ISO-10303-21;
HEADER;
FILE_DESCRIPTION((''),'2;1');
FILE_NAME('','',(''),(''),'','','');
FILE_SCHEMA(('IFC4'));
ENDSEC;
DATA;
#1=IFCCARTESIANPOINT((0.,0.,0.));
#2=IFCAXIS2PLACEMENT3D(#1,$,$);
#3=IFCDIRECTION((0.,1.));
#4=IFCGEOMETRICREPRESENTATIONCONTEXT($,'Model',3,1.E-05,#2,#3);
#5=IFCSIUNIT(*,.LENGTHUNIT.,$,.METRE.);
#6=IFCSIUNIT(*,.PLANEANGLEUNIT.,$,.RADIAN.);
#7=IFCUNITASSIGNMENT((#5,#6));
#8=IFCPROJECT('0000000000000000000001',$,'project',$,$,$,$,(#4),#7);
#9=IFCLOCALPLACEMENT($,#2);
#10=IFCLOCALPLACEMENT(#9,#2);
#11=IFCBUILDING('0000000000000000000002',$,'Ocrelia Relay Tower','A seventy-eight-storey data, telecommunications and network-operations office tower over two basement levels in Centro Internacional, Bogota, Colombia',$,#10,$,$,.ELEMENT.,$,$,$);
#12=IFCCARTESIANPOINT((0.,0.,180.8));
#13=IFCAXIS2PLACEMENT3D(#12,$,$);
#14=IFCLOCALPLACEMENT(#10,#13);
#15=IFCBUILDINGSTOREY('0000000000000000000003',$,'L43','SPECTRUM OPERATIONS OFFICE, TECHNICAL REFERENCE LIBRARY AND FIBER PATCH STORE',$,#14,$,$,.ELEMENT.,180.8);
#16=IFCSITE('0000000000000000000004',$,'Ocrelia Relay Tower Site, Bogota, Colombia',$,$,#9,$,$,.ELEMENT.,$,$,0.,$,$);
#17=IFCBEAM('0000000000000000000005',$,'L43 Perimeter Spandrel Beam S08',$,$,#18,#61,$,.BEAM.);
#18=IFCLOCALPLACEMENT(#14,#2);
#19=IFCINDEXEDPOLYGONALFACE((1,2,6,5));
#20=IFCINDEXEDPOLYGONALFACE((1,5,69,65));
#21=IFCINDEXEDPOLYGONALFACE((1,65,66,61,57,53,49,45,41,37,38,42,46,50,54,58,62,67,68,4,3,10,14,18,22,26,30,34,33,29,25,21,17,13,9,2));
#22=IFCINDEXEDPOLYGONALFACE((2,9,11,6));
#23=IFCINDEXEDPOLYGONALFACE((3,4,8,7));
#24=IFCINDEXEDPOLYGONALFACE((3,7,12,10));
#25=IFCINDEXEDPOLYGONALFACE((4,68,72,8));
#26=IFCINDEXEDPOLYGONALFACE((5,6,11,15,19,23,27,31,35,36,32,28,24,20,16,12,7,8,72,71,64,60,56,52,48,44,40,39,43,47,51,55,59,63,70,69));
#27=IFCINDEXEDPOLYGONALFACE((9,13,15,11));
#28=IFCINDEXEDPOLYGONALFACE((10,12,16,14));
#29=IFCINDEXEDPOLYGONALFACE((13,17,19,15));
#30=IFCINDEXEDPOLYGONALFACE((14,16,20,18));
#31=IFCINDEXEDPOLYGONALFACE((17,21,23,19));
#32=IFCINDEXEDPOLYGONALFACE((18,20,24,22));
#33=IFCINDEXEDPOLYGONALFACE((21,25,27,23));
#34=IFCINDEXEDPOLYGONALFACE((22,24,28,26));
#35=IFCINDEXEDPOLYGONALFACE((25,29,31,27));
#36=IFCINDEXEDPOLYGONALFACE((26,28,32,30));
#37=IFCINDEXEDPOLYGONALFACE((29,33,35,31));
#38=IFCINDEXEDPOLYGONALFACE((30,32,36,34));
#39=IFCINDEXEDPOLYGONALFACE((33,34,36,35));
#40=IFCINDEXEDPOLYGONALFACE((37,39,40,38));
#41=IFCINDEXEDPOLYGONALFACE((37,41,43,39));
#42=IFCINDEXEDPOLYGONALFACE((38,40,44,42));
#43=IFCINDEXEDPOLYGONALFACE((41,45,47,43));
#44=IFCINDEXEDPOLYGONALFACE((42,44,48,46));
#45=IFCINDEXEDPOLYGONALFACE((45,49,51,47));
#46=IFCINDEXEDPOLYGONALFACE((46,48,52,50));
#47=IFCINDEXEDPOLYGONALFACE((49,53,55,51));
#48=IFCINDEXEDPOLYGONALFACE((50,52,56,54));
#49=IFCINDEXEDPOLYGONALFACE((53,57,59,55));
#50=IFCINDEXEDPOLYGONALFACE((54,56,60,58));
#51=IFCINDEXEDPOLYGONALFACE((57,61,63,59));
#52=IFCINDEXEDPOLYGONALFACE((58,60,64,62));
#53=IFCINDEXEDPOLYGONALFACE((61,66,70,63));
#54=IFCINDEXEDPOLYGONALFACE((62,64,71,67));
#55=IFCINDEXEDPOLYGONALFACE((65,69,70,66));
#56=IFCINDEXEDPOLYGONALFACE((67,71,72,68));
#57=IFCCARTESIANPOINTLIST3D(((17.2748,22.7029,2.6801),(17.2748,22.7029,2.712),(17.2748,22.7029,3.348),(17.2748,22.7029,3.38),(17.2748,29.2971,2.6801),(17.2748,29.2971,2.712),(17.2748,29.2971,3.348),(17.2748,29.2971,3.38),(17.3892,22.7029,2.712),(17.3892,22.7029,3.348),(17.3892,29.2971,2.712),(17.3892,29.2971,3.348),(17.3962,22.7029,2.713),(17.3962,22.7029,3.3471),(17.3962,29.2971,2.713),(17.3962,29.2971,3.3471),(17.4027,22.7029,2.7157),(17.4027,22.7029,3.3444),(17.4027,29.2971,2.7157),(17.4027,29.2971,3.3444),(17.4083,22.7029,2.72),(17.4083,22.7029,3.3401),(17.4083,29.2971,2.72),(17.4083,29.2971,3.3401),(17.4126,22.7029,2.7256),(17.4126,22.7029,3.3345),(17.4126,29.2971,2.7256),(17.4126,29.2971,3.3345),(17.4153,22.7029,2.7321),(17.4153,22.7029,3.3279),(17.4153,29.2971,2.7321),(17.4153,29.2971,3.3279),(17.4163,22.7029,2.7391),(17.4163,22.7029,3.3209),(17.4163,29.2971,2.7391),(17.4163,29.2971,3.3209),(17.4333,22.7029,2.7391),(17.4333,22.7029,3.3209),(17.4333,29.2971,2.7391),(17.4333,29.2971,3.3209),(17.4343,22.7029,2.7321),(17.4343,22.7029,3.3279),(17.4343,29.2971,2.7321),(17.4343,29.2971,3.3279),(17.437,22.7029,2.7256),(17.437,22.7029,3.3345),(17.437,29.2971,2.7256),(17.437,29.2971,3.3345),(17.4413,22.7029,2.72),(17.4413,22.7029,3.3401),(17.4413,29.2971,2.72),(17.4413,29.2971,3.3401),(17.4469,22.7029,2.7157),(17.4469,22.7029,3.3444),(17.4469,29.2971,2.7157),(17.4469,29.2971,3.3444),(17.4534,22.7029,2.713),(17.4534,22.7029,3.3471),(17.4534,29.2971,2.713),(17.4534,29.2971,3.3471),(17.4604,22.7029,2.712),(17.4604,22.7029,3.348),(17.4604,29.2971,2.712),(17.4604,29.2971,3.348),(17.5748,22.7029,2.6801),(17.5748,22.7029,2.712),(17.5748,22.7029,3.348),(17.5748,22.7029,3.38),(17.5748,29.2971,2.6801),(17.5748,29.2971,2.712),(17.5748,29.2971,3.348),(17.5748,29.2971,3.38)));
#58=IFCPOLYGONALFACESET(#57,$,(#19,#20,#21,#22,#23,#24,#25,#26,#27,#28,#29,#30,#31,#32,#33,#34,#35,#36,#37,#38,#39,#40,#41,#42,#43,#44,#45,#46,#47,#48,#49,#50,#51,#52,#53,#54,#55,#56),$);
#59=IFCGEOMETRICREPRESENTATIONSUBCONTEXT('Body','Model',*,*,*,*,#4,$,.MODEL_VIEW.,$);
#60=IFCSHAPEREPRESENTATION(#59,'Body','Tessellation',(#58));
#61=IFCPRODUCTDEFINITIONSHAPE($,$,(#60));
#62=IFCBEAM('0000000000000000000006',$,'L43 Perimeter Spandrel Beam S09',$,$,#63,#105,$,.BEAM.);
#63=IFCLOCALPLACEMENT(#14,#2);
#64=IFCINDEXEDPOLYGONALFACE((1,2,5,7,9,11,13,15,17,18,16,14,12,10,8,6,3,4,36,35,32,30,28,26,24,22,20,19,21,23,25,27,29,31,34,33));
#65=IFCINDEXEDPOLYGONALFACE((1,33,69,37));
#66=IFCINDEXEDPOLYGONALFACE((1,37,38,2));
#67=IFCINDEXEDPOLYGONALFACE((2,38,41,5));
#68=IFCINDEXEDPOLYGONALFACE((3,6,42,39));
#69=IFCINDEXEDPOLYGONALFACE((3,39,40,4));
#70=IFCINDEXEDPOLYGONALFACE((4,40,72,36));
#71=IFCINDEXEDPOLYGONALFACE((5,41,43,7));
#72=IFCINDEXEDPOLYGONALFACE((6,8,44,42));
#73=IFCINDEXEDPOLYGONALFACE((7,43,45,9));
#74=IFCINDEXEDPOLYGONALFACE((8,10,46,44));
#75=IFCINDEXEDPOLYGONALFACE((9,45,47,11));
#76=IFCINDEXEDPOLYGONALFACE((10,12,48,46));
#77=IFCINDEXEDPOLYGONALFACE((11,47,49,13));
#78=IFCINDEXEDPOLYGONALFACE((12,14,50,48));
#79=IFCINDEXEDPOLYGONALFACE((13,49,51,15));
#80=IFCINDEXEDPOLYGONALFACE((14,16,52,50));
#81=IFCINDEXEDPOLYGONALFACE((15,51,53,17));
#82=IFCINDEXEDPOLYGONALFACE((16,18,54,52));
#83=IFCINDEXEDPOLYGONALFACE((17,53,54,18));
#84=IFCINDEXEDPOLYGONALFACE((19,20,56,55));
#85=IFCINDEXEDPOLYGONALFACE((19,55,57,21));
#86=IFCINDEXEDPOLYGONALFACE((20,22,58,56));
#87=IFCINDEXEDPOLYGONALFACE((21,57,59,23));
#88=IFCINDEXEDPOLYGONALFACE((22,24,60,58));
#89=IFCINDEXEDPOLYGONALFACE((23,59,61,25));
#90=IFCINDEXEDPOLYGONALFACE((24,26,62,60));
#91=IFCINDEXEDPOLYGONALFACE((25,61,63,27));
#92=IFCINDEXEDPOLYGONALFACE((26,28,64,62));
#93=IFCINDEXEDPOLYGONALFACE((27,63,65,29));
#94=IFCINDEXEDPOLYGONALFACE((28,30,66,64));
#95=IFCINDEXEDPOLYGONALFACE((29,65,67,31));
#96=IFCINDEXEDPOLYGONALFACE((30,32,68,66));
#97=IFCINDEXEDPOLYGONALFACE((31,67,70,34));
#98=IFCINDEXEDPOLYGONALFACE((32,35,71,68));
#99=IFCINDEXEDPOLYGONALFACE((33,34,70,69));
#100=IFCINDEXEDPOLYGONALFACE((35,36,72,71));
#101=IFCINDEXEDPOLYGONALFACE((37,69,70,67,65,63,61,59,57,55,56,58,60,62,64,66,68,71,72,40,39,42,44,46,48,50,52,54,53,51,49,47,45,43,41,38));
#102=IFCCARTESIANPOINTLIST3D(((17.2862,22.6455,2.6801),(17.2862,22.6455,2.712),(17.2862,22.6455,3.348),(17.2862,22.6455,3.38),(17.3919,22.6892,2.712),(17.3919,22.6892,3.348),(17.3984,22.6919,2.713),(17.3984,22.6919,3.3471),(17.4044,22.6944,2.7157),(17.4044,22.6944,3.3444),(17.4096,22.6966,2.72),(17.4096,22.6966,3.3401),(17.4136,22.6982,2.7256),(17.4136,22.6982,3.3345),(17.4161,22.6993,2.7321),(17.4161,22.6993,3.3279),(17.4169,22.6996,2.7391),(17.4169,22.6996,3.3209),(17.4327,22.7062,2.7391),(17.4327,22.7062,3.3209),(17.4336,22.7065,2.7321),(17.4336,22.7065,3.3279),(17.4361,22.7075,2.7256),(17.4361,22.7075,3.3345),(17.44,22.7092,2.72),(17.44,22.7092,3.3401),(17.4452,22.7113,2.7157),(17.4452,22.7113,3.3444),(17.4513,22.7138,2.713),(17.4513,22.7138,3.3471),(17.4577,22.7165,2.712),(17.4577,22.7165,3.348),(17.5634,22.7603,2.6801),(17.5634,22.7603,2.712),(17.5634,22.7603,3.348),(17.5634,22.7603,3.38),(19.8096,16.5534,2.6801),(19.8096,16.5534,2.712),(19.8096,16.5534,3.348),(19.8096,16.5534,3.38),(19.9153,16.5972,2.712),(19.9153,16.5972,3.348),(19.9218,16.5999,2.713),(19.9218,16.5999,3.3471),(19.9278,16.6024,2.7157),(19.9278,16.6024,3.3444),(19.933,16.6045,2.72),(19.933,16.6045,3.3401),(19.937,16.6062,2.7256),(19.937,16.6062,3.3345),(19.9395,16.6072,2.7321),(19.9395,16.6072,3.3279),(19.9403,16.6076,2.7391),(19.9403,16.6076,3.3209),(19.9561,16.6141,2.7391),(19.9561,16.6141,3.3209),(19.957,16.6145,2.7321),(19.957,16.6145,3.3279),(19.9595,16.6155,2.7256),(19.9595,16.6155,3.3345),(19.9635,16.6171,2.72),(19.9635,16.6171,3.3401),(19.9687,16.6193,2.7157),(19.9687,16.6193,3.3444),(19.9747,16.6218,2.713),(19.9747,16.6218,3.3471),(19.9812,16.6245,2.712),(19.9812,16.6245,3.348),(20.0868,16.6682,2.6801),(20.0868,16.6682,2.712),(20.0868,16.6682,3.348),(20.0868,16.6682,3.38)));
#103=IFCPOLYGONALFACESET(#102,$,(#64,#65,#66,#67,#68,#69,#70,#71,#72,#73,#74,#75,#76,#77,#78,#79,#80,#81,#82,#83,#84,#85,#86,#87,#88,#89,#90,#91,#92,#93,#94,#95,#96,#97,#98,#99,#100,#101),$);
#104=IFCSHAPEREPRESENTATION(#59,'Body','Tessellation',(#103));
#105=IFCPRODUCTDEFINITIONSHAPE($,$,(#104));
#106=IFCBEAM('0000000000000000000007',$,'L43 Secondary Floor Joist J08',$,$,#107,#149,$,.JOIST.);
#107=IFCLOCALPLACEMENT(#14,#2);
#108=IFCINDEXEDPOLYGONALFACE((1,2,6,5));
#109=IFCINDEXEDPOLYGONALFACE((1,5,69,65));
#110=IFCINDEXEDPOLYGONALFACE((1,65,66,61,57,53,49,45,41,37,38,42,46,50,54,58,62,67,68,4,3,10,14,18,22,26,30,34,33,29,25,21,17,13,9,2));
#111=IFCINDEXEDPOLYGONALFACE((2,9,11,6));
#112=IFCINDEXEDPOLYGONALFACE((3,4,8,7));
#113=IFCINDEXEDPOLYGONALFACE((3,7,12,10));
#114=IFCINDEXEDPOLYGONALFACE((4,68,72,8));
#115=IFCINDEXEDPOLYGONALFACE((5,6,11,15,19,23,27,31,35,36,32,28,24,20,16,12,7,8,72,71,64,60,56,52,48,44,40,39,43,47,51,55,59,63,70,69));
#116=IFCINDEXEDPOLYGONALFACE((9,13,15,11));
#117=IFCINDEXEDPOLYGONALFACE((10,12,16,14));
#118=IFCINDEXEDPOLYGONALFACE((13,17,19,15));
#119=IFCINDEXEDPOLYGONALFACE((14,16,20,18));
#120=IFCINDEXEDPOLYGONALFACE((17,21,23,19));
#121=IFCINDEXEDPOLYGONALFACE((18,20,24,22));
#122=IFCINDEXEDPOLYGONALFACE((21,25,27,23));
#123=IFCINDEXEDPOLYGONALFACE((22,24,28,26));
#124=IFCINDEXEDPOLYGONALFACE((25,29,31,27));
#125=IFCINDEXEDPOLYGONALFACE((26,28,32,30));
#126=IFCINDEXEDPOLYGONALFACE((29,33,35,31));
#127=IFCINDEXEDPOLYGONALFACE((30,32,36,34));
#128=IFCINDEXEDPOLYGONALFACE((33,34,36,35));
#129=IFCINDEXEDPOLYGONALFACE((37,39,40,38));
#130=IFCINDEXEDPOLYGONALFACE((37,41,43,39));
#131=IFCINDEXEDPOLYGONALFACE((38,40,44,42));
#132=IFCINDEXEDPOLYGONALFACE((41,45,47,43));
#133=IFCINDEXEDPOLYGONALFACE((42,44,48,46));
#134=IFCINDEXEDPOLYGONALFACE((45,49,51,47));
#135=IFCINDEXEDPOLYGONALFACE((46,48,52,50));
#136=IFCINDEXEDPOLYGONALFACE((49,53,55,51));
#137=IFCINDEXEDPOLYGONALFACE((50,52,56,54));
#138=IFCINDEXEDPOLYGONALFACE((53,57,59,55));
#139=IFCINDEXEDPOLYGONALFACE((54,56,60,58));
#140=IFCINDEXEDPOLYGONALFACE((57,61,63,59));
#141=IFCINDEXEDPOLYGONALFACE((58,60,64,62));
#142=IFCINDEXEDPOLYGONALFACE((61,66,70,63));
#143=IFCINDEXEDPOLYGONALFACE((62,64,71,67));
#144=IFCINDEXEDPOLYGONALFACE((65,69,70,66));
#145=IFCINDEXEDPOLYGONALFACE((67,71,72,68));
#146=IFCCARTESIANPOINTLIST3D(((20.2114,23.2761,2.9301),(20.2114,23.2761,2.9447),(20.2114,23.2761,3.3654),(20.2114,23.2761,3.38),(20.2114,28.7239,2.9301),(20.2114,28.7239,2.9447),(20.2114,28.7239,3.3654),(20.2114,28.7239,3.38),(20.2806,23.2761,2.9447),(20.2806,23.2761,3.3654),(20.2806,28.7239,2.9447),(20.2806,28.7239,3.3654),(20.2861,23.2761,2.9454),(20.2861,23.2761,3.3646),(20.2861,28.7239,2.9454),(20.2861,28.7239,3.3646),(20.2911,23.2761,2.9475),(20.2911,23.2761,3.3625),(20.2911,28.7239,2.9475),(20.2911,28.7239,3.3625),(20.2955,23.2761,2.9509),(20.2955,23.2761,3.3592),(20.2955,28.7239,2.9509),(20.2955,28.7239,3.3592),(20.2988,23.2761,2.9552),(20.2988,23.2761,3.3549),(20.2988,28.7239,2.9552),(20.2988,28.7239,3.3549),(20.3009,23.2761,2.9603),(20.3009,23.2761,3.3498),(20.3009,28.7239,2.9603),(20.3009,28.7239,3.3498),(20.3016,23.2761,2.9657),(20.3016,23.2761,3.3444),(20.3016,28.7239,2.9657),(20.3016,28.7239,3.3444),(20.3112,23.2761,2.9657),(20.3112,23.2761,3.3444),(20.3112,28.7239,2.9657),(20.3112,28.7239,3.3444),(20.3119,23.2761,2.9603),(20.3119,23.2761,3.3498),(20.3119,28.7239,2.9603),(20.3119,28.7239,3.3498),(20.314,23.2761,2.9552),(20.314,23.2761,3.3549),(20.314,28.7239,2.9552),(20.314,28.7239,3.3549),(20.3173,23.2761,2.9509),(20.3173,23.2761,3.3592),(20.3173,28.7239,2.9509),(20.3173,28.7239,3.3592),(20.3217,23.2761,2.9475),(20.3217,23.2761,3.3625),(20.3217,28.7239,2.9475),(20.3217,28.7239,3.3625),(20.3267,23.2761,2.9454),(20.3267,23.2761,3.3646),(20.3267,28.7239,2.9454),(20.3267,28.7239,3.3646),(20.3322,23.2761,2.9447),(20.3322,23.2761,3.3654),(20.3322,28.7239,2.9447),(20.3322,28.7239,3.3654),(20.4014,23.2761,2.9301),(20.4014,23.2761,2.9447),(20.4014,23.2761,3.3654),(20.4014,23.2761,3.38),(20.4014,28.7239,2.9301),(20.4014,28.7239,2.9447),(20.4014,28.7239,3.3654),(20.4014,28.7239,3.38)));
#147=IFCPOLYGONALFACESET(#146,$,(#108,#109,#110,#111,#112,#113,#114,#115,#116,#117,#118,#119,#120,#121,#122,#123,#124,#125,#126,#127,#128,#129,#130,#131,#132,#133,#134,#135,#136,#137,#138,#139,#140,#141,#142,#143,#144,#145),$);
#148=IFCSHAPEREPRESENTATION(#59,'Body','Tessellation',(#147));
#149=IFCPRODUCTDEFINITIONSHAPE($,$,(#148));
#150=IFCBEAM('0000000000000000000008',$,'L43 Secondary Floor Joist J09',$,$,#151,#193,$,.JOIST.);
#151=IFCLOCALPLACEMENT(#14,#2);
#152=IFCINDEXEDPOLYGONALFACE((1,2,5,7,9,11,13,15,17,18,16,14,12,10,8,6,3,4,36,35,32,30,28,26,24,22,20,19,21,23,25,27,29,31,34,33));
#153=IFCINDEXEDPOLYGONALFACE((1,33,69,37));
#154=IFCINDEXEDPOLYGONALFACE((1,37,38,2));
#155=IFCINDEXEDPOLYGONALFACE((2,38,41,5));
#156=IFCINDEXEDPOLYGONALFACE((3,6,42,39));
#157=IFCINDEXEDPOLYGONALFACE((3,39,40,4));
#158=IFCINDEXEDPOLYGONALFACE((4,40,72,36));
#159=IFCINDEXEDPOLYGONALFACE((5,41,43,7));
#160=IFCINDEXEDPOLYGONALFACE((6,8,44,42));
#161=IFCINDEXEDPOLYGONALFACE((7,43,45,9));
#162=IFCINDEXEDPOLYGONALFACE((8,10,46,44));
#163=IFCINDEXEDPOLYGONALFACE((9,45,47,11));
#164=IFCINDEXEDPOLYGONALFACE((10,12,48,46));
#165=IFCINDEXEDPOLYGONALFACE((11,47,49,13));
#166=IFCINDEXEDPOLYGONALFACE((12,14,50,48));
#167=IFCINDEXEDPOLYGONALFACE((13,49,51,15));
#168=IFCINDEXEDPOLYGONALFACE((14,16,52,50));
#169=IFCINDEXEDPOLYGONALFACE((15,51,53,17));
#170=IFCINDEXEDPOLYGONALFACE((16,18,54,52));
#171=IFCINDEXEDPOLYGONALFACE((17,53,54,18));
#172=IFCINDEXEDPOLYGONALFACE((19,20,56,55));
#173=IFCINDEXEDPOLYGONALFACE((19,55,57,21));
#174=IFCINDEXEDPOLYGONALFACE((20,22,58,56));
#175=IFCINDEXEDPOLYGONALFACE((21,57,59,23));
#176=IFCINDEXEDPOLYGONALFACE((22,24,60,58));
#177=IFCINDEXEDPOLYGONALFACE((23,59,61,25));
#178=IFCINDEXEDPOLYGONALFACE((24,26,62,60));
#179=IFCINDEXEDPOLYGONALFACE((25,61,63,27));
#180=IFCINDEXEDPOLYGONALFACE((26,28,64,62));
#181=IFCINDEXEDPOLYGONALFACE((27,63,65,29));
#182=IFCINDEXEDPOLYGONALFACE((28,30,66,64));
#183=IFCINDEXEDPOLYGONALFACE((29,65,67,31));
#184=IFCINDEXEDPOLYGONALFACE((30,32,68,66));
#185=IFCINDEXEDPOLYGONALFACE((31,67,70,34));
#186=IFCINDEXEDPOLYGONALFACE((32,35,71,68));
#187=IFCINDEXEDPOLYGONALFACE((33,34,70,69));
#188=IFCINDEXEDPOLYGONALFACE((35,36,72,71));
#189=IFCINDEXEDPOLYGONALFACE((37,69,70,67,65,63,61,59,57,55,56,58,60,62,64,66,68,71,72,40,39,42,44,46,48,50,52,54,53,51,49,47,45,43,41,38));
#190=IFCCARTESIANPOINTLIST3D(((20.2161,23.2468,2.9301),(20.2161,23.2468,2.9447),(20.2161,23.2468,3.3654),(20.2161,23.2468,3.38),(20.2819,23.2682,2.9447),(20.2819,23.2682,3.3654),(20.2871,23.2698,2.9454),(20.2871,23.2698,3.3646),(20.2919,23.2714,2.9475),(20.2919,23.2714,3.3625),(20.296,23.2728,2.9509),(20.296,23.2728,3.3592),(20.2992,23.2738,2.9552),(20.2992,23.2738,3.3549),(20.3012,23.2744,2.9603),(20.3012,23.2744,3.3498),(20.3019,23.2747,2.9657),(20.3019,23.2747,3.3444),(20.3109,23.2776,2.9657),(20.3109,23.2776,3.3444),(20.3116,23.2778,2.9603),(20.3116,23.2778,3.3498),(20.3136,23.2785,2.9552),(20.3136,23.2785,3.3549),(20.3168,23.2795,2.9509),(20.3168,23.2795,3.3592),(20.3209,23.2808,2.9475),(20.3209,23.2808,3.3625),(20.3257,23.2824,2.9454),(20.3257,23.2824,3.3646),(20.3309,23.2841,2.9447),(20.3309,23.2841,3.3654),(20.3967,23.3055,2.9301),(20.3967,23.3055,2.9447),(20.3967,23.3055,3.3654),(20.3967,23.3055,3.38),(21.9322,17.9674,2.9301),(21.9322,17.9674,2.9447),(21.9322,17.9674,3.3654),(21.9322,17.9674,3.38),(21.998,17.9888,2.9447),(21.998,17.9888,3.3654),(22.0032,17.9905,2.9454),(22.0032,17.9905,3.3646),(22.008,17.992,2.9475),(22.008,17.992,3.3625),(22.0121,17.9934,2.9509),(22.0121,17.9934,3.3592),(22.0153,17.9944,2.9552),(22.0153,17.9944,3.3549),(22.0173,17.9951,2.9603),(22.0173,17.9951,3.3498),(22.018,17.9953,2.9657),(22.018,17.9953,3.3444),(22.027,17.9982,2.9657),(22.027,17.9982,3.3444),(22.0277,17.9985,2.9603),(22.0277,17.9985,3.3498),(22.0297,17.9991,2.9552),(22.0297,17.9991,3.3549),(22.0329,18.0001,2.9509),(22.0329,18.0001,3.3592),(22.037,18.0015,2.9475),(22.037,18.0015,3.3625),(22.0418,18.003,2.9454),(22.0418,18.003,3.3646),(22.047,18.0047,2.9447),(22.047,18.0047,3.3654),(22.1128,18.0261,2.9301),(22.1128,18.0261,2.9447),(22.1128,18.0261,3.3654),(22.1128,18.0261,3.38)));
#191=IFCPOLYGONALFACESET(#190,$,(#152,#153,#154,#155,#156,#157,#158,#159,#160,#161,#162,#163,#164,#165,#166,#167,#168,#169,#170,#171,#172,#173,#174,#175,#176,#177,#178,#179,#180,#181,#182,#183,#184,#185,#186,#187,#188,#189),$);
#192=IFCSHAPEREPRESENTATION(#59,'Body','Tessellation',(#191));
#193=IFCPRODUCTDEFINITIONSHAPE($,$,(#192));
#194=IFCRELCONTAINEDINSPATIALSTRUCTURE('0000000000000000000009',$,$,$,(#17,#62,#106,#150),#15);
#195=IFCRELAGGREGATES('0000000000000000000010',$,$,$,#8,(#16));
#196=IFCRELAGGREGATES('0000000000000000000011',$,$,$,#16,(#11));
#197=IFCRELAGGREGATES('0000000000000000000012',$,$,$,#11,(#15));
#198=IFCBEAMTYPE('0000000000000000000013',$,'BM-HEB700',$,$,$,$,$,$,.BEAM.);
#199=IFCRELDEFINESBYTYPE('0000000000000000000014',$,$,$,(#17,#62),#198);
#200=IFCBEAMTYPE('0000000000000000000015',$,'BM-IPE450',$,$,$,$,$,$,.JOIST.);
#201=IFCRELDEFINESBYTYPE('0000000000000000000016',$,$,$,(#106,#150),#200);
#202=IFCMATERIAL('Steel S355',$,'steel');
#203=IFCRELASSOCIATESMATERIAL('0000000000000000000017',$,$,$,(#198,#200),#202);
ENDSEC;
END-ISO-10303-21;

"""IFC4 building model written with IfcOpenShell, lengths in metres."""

from ifc_helpers import new_model, si_unit, direction, frame, origin, origin_2d, place, context, subcontext, project, spatial, i_section, extrude, material, material_profile, profile_set, type_object, element, save


model = new_model("IFC4")

# Units and contexts
model_context = context("Model", 3, precision=1e-05, world=origin(), true_north=direction((0.0, 1.0)))
body_context = subcontext(model_context, "Body", "Model", "MODEL_VIEW")
ifc_project = project(units=[si_unit("LENGTHUNIT", "METRE"), si_unit("PLANEANGLEUNIT", "RADIAN")], contexts=[model_context])

# Site, building, storey
site_placement = place(None, origin())
site = spatial("IfcSite", under=ifc_project, at=site_placement, Name="Ocrelia Relay Tower Site, Bogota, Colombia", CompositionType="ELEMENT", RefElevation=0.0)
building_placement = place(site_placement, origin())
building = spatial("IfcBuilding", under=site, at=building_placement, Name="Ocrelia Relay Tower", Description="A seventy-eight-storey data, telecommunications and network-operations office tower over two basement levels in Centro Internacional, Bogota, Colombia", CompositionType="ELEMENT")
storey_placement = place(building_placement, frame((0.0, 0.0, 180.8)))
storey = spatial("IfcBuildingStorey", under=building, at=storey_placement, Name="L43", Description="SPECTRUM OPERATIONS OFFICE, TECHNICAL REFERENCE LIBRARY AND FIBER PATCH STORE", CompositionType="ELEMENT", Elevation=180.8)

# Beams
ifc_material_1 = material(Name="Steel S355", Category="steel")
ifc_material_profile_1 = material_profile(ifc_material_1, i_section(OverallWidth=0.3, OverallDepth=0.7, WebThickness=0.0171, FlangeThickness=0.032, FilletRadius=0.0271, at=origin_2d()), Name="HEB 700")
ifc_profile_set_1 = profile_set([ifc_material_profile_1], Name="Steel S355")
beam_type_1 = type_object("IfcBeamType", Name="BM-HEB700", PredefinedType="BEAM", material=ifc_profile_set_1)
beam_1_placement = place(storey_placement, frame((17.4248, 29.2971, 3.03), z_axis=(0.0, -1.0, 0.0), x_axis=(1.0, 0.0, 0.0)))
element("IfcBeam", 1, at=beam_1_placement, inside=storey, type_object=beam_type_1, Name="L43 Perimeter Spandrel Beam S08", PredefinedType="BEAM", context=body_context, shape_type="SweptSolid", body=[
    extrude(i_section(OverallWidth=0.3, OverallDepth=0.7, WebThickness=0.0171, FlangeThickness=0.032, FilletRadius=0.0271, at=origin_2d()), origin(), (0.0, 0.0, 1.0), 6.5942),
])
beam_2_placement = place(storey_placement, frame((17.4248, 22.7029, 3.03), z_axis=(0.382688, -0.923878, 0.0), x_axis=(0.923878, 0.382688, 0.0)))
element("IfcBeam", 2, at=beam_2_placement, inside=storey, type_object=beam_type_1, Name="L43 Perimeter Spandrel Beam S09", PredefinedType="BEAM", context=body_context, shape_type="SweptSolid", body=[
    extrude(i_section(OverallWidth=0.3, OverallDepth=0.7, WebThickness=0.0171, FlangeThickness=0.032, FilletRadius=0.0271, at=origin_2d()), origin(), (0.0, 0.0, 1.0), 6.594),
])
ifc_material_profile_2 = material_profile(ifc_material_1, i_section(OverallWidth=0.1899, OverallDepth=0.45, WebThickness=0.0095, FlangeThickness=0.0146, FilletRadius=0.021, at=origin_2d()), Name="IPE 450")
ifc_profile_set_2 = profile_set([ifc_material_profile_2], Name="Steel S355")
beam_type_2 = type_object("IfcBeamType", Name="BM-IPE450", PredefinedType="JOIST", material=ifc_profile_set_2)
beam_3_placement = place(storey_placement, frame((20.3064, 28.7239, 3.155), z_axis=(0.0, -1.0, 0.0), x_axis=(1.0, 0.0, 0.0)))
element("IfcBeam", 3, at=beam_3_placement, inside=storey, type_object=beam_type_2, Name="L43 Secondary Floor Joist J08", PredefinedType="JOIST", context=body_context, shape_type="SweptSolid", body=[
    extrude(i_section(OverallWidth=0.1899, OverallDepth=0.45, WebThickness=0.0095, FlangeThickness=0.0146, FilletRadius=0.021, at=origin_2d()), origin(), (0.0, 0.0, 1.0), 5.4478),
])
beam_4_placement = place(storey_placement, frame((20.3064, 23.2761, 3.155), z_axis=(0.309134, -0.951019, 0.0), x_axis=(0.951019, 0.309134, 0.0)))
element("IfcBeam", 4, at=beam_4_placement, inside=storey, type_object=beam_type_2, Name="L43 Secondary Floor Joist J09", PredefinedType="JOIST", context=body_context, shape_type="SweptSolid", body=[
    extrude(i_section(OverallWidth=0.1899, OverallDepth=0.45, WebThickness=0.0095, FlangeThickness=0.0146, FilletRadius=0.021, at=origin_2d()), origin(), (0.0, 0.0, 1.0), 5.5513),
])

save(model, "model.ifc")
